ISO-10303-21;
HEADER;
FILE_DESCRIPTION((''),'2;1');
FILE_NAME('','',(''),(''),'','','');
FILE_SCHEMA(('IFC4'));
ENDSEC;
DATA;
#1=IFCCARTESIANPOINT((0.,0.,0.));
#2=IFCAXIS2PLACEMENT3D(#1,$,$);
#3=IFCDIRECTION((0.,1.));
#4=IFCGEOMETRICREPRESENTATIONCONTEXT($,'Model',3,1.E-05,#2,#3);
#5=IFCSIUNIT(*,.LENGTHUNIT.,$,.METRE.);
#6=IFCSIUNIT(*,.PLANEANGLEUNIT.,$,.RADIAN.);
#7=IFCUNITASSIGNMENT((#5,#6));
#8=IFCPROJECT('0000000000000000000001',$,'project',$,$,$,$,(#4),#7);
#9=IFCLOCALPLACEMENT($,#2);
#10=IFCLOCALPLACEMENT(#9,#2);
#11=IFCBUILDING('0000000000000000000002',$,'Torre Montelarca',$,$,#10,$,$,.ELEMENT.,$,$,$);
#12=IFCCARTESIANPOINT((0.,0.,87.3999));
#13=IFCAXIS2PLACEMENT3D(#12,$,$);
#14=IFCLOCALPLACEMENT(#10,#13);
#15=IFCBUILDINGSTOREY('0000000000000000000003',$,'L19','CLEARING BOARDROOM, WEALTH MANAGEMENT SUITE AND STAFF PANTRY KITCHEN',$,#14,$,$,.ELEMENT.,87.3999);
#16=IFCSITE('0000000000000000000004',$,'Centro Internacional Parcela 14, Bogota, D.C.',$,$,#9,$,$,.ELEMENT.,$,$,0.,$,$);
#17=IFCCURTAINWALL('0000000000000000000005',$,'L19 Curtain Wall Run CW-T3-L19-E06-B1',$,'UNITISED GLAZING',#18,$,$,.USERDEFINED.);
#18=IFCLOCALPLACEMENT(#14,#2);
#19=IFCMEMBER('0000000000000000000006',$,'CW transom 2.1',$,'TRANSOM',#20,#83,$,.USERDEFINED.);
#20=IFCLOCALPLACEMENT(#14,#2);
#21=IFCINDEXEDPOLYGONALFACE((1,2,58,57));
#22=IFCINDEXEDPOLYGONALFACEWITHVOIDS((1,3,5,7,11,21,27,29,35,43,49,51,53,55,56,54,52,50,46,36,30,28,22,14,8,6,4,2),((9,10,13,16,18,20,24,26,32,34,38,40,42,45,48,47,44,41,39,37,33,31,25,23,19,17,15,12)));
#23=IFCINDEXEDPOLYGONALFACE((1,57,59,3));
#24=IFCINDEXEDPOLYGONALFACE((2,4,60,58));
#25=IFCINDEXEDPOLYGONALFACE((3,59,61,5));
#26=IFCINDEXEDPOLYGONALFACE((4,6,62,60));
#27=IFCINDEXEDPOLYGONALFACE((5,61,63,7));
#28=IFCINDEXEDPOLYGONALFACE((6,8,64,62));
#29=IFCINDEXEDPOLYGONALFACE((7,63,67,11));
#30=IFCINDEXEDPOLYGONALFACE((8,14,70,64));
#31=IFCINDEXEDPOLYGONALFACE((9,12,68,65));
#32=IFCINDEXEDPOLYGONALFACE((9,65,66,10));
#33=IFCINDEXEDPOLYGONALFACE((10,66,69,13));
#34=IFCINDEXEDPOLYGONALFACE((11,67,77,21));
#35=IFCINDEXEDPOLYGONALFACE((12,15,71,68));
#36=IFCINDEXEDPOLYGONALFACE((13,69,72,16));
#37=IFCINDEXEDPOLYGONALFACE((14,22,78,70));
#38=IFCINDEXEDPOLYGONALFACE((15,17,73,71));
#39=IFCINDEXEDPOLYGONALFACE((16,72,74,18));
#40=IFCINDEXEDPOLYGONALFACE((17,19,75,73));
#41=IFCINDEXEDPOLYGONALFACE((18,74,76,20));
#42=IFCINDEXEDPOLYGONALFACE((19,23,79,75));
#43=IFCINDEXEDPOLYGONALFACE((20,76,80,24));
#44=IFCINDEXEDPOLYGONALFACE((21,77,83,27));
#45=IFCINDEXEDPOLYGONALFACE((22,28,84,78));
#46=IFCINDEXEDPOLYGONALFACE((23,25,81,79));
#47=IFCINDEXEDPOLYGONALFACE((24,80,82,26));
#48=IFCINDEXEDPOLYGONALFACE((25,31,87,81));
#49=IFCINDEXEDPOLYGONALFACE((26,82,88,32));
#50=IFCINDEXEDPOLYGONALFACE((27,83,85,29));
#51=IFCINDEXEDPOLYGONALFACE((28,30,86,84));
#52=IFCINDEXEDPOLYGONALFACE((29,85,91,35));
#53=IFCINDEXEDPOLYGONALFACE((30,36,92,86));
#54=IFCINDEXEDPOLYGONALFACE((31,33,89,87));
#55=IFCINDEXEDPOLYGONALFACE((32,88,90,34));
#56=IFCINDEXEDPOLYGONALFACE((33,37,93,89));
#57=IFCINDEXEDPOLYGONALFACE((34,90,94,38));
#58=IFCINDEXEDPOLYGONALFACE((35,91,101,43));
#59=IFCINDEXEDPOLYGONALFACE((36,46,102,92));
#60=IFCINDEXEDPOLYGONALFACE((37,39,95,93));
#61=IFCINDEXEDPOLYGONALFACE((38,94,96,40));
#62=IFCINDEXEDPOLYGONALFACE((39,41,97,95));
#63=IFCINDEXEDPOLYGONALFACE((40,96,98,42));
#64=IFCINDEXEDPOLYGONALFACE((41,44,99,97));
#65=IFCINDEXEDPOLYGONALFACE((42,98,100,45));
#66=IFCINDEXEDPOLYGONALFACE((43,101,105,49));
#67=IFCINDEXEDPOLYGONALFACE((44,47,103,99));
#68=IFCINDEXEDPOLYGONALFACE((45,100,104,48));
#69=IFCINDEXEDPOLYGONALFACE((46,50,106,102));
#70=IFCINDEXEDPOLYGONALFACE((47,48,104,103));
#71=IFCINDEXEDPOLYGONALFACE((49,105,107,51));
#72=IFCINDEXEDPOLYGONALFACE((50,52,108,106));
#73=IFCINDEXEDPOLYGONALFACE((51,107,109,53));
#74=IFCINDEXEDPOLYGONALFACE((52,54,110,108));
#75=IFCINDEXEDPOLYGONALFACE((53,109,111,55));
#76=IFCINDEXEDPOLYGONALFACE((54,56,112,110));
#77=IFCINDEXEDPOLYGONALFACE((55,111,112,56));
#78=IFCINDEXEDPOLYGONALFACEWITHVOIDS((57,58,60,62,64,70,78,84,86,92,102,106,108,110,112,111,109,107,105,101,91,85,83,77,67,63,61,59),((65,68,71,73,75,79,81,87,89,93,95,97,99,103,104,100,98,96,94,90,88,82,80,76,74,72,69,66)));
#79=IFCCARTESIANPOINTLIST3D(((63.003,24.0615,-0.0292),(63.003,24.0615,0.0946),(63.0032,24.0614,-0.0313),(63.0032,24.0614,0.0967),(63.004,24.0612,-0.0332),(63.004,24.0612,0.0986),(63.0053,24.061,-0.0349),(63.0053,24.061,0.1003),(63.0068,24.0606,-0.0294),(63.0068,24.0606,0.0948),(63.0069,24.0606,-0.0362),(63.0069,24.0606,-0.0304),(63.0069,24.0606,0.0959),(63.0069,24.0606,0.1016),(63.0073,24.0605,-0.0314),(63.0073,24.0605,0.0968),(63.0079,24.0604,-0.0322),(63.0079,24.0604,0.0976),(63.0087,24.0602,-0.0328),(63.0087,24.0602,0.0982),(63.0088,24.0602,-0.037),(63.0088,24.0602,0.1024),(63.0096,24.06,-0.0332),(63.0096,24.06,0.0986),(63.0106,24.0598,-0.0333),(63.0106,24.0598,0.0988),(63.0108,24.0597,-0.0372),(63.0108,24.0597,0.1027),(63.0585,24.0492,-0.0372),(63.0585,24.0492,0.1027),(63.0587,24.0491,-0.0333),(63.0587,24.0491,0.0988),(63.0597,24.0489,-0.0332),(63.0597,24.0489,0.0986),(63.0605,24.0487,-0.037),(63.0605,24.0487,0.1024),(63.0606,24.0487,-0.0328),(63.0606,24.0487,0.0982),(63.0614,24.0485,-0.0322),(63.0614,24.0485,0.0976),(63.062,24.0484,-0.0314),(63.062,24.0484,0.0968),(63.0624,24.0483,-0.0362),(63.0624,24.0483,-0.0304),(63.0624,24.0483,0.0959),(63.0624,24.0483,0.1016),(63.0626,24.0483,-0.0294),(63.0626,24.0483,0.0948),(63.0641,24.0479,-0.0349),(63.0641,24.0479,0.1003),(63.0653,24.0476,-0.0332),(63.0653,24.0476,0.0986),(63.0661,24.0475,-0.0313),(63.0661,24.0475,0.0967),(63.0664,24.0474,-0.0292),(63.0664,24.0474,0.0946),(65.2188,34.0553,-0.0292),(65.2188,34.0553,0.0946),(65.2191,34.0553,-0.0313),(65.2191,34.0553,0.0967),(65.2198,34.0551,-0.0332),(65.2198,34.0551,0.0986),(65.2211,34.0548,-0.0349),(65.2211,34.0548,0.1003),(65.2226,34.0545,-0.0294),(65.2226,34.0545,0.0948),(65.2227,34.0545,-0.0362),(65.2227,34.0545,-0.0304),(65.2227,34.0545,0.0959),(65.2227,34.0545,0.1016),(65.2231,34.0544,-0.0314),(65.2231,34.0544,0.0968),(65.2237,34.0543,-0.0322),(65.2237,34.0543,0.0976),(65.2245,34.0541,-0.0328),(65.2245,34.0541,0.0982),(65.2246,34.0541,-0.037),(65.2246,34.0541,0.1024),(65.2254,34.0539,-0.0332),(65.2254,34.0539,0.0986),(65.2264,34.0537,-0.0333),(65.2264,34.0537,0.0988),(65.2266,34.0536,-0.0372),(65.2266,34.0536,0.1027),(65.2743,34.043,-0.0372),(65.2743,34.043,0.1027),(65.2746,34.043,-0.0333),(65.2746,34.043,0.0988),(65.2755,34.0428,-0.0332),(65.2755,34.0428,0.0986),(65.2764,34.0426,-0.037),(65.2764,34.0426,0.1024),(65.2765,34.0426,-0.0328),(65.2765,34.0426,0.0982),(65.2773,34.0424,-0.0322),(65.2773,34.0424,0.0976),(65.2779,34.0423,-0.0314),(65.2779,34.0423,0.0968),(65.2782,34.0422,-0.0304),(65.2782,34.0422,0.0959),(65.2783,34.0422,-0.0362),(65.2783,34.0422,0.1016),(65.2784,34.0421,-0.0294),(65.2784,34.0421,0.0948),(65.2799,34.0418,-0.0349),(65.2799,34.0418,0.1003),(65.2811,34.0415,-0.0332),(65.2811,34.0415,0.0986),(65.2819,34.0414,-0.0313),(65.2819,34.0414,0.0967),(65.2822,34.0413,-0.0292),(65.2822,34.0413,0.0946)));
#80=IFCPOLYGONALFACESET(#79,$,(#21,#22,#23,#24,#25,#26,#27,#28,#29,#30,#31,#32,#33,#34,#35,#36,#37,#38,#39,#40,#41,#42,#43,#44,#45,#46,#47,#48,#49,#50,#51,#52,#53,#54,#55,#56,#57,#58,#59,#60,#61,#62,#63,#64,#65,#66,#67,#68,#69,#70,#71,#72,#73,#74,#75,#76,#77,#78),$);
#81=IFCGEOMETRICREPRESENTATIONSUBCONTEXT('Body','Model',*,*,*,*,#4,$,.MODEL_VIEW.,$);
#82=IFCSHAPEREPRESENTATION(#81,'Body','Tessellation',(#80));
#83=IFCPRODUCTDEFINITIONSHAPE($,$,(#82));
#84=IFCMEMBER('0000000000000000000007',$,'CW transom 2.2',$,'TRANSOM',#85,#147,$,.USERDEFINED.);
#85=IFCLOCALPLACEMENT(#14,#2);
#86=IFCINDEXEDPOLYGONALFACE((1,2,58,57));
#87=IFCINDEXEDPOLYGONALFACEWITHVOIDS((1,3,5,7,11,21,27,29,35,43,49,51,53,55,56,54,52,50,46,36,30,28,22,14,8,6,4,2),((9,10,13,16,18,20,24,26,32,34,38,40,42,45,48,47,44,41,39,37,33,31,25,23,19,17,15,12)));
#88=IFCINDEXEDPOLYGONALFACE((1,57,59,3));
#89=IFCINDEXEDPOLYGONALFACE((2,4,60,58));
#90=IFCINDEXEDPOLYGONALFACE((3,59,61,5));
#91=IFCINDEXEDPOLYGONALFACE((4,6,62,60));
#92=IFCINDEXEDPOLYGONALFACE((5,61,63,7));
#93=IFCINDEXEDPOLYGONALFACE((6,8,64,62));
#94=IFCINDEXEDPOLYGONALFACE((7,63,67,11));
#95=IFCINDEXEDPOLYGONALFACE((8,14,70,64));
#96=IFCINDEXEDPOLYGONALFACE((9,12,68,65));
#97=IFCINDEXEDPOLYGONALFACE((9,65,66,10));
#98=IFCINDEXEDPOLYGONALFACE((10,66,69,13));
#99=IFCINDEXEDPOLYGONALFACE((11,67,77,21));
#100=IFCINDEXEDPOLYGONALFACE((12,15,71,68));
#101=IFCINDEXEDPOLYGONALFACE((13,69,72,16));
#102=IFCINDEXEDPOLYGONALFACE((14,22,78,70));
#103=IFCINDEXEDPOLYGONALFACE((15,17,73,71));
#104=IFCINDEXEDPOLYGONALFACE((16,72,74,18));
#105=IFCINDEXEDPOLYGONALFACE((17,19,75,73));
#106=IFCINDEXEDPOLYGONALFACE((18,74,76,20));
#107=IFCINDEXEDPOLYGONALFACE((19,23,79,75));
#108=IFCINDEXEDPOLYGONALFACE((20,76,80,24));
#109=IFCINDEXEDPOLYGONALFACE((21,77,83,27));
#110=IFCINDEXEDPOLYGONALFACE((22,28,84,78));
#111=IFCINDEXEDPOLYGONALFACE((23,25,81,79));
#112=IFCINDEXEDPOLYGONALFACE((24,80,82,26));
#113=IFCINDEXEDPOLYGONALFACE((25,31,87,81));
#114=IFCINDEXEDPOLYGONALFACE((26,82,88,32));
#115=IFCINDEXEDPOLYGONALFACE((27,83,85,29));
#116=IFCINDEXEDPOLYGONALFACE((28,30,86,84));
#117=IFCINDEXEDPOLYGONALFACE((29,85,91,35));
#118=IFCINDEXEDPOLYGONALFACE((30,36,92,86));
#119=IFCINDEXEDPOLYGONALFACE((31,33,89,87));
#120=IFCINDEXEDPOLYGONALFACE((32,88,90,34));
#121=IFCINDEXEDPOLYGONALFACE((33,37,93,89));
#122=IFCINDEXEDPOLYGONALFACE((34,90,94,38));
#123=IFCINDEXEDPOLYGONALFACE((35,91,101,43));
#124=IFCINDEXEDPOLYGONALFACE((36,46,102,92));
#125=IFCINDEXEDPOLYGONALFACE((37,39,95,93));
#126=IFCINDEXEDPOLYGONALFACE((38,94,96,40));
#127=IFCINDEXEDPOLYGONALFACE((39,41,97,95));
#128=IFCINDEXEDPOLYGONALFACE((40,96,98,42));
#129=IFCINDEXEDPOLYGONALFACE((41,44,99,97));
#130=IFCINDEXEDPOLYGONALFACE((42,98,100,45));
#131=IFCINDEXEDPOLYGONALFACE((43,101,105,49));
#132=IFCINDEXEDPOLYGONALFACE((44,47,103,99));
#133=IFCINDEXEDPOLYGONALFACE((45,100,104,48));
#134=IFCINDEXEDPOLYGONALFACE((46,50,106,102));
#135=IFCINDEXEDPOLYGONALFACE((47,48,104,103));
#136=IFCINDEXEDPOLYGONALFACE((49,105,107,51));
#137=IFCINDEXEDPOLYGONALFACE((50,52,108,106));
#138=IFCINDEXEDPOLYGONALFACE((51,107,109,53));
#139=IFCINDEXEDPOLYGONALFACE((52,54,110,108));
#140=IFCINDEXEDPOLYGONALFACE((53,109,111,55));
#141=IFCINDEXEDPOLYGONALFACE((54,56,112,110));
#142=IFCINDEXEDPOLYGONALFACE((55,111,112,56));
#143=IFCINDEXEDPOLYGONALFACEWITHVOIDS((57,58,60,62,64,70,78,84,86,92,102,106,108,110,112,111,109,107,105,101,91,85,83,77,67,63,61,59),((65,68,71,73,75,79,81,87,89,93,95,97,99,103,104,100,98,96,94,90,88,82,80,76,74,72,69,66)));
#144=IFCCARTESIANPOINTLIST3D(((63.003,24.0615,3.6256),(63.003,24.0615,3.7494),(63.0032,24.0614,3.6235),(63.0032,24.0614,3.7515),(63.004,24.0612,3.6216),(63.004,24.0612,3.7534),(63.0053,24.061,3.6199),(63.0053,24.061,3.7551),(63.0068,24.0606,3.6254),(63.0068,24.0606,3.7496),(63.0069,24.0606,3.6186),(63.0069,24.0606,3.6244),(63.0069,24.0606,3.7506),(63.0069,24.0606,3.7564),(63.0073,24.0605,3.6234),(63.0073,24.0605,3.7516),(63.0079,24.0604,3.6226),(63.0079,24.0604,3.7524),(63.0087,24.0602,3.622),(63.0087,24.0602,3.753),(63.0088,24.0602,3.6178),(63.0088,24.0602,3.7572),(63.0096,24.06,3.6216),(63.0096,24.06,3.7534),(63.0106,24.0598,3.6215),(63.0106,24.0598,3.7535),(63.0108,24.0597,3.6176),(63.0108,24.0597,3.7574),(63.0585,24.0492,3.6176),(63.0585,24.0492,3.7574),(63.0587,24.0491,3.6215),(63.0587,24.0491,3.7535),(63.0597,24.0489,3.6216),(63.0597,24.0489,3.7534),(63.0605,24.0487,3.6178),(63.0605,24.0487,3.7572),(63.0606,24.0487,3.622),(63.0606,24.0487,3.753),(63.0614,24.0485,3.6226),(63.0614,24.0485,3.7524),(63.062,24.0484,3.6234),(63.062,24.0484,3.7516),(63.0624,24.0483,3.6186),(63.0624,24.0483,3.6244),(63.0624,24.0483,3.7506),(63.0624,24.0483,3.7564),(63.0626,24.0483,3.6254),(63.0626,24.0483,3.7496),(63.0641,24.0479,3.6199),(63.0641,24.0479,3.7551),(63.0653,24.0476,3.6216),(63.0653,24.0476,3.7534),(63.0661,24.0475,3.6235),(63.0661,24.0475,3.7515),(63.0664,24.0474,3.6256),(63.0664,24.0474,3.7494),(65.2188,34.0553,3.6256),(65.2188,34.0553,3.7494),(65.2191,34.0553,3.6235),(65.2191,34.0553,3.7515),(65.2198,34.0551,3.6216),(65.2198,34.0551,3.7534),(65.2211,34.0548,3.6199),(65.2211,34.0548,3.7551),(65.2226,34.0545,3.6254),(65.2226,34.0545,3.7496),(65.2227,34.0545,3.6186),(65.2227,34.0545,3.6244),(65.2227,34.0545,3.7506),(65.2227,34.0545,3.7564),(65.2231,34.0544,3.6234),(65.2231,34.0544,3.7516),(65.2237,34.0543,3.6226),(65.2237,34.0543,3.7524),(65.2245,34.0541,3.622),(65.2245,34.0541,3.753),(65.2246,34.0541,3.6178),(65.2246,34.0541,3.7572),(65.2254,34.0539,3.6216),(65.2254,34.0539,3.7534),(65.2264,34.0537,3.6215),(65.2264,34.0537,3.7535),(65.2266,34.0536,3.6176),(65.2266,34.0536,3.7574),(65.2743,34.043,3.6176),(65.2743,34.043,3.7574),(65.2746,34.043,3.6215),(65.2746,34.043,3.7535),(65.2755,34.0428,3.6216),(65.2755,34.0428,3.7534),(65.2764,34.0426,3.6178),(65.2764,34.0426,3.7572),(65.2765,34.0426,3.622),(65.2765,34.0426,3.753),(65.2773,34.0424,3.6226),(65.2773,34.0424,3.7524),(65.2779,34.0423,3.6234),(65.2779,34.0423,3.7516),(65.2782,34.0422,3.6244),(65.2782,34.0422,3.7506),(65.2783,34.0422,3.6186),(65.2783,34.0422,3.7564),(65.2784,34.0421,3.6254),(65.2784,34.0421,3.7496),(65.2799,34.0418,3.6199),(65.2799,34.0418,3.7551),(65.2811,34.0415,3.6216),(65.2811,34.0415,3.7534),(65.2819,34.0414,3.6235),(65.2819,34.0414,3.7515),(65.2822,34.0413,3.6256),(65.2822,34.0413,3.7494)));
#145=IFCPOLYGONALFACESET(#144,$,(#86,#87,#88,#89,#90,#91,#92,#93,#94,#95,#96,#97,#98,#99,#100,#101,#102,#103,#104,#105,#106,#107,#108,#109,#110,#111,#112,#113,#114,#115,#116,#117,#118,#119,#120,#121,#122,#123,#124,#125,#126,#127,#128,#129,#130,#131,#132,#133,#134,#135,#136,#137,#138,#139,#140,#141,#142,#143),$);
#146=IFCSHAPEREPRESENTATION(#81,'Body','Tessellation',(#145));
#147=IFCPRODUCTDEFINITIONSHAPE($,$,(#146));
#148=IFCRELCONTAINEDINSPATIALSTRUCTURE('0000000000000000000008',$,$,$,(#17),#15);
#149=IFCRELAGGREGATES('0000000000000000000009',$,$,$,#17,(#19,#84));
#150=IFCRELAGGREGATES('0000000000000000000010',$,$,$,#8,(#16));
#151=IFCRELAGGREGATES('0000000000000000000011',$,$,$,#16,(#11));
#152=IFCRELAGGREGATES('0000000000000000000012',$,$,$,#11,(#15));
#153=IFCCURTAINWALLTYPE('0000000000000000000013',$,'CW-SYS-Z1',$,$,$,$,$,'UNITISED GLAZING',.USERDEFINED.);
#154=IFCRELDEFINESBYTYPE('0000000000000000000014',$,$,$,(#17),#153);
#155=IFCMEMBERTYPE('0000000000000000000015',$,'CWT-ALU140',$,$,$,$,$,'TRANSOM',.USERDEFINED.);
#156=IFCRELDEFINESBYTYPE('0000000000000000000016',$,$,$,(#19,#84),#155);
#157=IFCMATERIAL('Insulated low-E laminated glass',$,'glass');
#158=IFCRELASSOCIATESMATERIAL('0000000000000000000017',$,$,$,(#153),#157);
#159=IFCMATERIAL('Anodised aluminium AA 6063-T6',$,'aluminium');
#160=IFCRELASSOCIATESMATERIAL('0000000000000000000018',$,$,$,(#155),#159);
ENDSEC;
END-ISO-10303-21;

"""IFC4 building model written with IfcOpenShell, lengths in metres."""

from ifc_helpers import new_model, si_unit, direction, frame, origin, origin_2d, place, context, subcontext, project, spatial, hollow_rectangle, extrude, source, transform, mapped, material, material_profile, profile_set, type_object, element, aggregate, save


model = new_model("IFC4")

# Units and contexts
model_context = context("Model", 3, precision=1e-05, world=origin(), true_north=direction((0.0, 1.0)))
body_context = subcontext(model_context, "Body", "Model", "MODEL_VIEW")
ifc_project = project(units=[si_unit("LENGTHUNIT", "METRE"), si_unit("PLANEANGLEUNIT", "RADIAN")], contexts=[model_context])

# Site, building, storey
site_placement = place(None, origin())
site = spatial("IfcSite", under=ifc_project, at=site_placement, Name="Centro Internacional Parcela 14, Bogota, D.C.", CompositionType="ELEMENT", RefElevation=0.0)
building_placement = place(site_placement, origin())
building = spatial("IfcBuilding", under=site, at=building_placement, Name="Torre Montelarca", CompositionType="ELEMENT")
storey_placement = place(building_placement, frame((0.0, 0.0, 87.3999)))
storey = spatial("IfcBuildingStorey", under=building, at=storey_placement, Name="L19", Description="CLEARING BOARDROOM, WEALTH MANAGEMENT SUITE AND STAFF PANTRY KITCHEN", CompositionType="ELEMENT", Elevation=87.3999)

# Curtain wall, members
ifc_material_1 = material(Name="Insulated low-E laminated glass", Category="glass")
curtain_wall_type = type_object("IfcCurtainWallType", Name="CW-SYS-Z1", ElementType="UNITISED GLAZING", PredefinedType="USERDEFINED", material=ifc_material_1)
ifc_material_2 = material(Name="Anodised aluminium AA 6063-T6", Category="aluminium")
ifc_material_profile_1 = material_profile(ifc_material_2, hollow_rectangle(XDim=0.0649, YDim=0.1399, WallThickness=0.0039, InnerFilletRadius=0.0039, OuterFilletRadius=0.0081, at=origin_2d()), Name="ALU65X140X4", Category="aluminium")
ifc_profile_set_1 = profile_set([ifc_material_profile_1], Name="Anodised aluminium AA 6063-T6")
member_type_1 = type_object("IfcMemberType", Name="CWT-ALU140", ElementType="TRANSOM", PredefinedType="USERDEFINED", material=ifc_profile_set_1)
curtain_wall_1_placement = place(storey_placement, origin())
curtain_wall_1 = element("IfcCurtainWall", 1, at=curtain_wall_1_placement, inside=storey, type_object=curtain_wall_type, Name="L19 Curtain Wall Run CW-T3-L19-E06-B1", ObjectType="UNITISED GLAZING", PredefinedType="USERDEFINED")
shared_shape_1 = source(origin(), body_context, "Body", "SweptSolid", [
    extrude(hollow_rectangle(XDim=0.0649, YDim=0.1399, WallThickness=0.0039, InnerFilletRadius=0.0039, OuterFilletRadius=0.0081, at=origin_2d()), origin(), (0.0, 0.0, 1.0), 10.2366),
])
member_1_placement = place(storey_placement, frame((63.0347, 24.0544, 0.0327), z_axis=(0.216461, 0.976291, 0.0), x_axis=(-0.976291, 0.216461, 0.0)))
member_1 = element("IfcMember", 2, at=member_1_placement, type_object=member_type_1, Name="CW transom 2.1", ObjectType="TRANSOM", PredefinedType="USERDEFINED", context=body_context, shape_type="MappedRepresentation", body=[
    mapped(shared_shape_1, transform((0.0, 0.0, 0.0), scale=1.0)),
])
member_2_placement = place(storey_placement, frame((63.0347, 24.0544, 3.6875), z_axis=(0.216461, 0.976291, 0.0), x_axis=(-0.976291, 0.216461, 0.0)))
member_2 = element("IfcMember", 3, at=member_2_placement, type_object=member_type_1, Name="CW transom 2.2", ObjectType="TRANSOM", PredefinedType="USERDEFINED", context=body_context, shape_type="MappedRepresentation", body=[
    mapped(shared_shape_1, transform((0.0, 0.0, 0.0), scale=1.0)),
])

aggregate(curtain_wall_1, [member_1, member_2])

save(model, "model.ifc")
